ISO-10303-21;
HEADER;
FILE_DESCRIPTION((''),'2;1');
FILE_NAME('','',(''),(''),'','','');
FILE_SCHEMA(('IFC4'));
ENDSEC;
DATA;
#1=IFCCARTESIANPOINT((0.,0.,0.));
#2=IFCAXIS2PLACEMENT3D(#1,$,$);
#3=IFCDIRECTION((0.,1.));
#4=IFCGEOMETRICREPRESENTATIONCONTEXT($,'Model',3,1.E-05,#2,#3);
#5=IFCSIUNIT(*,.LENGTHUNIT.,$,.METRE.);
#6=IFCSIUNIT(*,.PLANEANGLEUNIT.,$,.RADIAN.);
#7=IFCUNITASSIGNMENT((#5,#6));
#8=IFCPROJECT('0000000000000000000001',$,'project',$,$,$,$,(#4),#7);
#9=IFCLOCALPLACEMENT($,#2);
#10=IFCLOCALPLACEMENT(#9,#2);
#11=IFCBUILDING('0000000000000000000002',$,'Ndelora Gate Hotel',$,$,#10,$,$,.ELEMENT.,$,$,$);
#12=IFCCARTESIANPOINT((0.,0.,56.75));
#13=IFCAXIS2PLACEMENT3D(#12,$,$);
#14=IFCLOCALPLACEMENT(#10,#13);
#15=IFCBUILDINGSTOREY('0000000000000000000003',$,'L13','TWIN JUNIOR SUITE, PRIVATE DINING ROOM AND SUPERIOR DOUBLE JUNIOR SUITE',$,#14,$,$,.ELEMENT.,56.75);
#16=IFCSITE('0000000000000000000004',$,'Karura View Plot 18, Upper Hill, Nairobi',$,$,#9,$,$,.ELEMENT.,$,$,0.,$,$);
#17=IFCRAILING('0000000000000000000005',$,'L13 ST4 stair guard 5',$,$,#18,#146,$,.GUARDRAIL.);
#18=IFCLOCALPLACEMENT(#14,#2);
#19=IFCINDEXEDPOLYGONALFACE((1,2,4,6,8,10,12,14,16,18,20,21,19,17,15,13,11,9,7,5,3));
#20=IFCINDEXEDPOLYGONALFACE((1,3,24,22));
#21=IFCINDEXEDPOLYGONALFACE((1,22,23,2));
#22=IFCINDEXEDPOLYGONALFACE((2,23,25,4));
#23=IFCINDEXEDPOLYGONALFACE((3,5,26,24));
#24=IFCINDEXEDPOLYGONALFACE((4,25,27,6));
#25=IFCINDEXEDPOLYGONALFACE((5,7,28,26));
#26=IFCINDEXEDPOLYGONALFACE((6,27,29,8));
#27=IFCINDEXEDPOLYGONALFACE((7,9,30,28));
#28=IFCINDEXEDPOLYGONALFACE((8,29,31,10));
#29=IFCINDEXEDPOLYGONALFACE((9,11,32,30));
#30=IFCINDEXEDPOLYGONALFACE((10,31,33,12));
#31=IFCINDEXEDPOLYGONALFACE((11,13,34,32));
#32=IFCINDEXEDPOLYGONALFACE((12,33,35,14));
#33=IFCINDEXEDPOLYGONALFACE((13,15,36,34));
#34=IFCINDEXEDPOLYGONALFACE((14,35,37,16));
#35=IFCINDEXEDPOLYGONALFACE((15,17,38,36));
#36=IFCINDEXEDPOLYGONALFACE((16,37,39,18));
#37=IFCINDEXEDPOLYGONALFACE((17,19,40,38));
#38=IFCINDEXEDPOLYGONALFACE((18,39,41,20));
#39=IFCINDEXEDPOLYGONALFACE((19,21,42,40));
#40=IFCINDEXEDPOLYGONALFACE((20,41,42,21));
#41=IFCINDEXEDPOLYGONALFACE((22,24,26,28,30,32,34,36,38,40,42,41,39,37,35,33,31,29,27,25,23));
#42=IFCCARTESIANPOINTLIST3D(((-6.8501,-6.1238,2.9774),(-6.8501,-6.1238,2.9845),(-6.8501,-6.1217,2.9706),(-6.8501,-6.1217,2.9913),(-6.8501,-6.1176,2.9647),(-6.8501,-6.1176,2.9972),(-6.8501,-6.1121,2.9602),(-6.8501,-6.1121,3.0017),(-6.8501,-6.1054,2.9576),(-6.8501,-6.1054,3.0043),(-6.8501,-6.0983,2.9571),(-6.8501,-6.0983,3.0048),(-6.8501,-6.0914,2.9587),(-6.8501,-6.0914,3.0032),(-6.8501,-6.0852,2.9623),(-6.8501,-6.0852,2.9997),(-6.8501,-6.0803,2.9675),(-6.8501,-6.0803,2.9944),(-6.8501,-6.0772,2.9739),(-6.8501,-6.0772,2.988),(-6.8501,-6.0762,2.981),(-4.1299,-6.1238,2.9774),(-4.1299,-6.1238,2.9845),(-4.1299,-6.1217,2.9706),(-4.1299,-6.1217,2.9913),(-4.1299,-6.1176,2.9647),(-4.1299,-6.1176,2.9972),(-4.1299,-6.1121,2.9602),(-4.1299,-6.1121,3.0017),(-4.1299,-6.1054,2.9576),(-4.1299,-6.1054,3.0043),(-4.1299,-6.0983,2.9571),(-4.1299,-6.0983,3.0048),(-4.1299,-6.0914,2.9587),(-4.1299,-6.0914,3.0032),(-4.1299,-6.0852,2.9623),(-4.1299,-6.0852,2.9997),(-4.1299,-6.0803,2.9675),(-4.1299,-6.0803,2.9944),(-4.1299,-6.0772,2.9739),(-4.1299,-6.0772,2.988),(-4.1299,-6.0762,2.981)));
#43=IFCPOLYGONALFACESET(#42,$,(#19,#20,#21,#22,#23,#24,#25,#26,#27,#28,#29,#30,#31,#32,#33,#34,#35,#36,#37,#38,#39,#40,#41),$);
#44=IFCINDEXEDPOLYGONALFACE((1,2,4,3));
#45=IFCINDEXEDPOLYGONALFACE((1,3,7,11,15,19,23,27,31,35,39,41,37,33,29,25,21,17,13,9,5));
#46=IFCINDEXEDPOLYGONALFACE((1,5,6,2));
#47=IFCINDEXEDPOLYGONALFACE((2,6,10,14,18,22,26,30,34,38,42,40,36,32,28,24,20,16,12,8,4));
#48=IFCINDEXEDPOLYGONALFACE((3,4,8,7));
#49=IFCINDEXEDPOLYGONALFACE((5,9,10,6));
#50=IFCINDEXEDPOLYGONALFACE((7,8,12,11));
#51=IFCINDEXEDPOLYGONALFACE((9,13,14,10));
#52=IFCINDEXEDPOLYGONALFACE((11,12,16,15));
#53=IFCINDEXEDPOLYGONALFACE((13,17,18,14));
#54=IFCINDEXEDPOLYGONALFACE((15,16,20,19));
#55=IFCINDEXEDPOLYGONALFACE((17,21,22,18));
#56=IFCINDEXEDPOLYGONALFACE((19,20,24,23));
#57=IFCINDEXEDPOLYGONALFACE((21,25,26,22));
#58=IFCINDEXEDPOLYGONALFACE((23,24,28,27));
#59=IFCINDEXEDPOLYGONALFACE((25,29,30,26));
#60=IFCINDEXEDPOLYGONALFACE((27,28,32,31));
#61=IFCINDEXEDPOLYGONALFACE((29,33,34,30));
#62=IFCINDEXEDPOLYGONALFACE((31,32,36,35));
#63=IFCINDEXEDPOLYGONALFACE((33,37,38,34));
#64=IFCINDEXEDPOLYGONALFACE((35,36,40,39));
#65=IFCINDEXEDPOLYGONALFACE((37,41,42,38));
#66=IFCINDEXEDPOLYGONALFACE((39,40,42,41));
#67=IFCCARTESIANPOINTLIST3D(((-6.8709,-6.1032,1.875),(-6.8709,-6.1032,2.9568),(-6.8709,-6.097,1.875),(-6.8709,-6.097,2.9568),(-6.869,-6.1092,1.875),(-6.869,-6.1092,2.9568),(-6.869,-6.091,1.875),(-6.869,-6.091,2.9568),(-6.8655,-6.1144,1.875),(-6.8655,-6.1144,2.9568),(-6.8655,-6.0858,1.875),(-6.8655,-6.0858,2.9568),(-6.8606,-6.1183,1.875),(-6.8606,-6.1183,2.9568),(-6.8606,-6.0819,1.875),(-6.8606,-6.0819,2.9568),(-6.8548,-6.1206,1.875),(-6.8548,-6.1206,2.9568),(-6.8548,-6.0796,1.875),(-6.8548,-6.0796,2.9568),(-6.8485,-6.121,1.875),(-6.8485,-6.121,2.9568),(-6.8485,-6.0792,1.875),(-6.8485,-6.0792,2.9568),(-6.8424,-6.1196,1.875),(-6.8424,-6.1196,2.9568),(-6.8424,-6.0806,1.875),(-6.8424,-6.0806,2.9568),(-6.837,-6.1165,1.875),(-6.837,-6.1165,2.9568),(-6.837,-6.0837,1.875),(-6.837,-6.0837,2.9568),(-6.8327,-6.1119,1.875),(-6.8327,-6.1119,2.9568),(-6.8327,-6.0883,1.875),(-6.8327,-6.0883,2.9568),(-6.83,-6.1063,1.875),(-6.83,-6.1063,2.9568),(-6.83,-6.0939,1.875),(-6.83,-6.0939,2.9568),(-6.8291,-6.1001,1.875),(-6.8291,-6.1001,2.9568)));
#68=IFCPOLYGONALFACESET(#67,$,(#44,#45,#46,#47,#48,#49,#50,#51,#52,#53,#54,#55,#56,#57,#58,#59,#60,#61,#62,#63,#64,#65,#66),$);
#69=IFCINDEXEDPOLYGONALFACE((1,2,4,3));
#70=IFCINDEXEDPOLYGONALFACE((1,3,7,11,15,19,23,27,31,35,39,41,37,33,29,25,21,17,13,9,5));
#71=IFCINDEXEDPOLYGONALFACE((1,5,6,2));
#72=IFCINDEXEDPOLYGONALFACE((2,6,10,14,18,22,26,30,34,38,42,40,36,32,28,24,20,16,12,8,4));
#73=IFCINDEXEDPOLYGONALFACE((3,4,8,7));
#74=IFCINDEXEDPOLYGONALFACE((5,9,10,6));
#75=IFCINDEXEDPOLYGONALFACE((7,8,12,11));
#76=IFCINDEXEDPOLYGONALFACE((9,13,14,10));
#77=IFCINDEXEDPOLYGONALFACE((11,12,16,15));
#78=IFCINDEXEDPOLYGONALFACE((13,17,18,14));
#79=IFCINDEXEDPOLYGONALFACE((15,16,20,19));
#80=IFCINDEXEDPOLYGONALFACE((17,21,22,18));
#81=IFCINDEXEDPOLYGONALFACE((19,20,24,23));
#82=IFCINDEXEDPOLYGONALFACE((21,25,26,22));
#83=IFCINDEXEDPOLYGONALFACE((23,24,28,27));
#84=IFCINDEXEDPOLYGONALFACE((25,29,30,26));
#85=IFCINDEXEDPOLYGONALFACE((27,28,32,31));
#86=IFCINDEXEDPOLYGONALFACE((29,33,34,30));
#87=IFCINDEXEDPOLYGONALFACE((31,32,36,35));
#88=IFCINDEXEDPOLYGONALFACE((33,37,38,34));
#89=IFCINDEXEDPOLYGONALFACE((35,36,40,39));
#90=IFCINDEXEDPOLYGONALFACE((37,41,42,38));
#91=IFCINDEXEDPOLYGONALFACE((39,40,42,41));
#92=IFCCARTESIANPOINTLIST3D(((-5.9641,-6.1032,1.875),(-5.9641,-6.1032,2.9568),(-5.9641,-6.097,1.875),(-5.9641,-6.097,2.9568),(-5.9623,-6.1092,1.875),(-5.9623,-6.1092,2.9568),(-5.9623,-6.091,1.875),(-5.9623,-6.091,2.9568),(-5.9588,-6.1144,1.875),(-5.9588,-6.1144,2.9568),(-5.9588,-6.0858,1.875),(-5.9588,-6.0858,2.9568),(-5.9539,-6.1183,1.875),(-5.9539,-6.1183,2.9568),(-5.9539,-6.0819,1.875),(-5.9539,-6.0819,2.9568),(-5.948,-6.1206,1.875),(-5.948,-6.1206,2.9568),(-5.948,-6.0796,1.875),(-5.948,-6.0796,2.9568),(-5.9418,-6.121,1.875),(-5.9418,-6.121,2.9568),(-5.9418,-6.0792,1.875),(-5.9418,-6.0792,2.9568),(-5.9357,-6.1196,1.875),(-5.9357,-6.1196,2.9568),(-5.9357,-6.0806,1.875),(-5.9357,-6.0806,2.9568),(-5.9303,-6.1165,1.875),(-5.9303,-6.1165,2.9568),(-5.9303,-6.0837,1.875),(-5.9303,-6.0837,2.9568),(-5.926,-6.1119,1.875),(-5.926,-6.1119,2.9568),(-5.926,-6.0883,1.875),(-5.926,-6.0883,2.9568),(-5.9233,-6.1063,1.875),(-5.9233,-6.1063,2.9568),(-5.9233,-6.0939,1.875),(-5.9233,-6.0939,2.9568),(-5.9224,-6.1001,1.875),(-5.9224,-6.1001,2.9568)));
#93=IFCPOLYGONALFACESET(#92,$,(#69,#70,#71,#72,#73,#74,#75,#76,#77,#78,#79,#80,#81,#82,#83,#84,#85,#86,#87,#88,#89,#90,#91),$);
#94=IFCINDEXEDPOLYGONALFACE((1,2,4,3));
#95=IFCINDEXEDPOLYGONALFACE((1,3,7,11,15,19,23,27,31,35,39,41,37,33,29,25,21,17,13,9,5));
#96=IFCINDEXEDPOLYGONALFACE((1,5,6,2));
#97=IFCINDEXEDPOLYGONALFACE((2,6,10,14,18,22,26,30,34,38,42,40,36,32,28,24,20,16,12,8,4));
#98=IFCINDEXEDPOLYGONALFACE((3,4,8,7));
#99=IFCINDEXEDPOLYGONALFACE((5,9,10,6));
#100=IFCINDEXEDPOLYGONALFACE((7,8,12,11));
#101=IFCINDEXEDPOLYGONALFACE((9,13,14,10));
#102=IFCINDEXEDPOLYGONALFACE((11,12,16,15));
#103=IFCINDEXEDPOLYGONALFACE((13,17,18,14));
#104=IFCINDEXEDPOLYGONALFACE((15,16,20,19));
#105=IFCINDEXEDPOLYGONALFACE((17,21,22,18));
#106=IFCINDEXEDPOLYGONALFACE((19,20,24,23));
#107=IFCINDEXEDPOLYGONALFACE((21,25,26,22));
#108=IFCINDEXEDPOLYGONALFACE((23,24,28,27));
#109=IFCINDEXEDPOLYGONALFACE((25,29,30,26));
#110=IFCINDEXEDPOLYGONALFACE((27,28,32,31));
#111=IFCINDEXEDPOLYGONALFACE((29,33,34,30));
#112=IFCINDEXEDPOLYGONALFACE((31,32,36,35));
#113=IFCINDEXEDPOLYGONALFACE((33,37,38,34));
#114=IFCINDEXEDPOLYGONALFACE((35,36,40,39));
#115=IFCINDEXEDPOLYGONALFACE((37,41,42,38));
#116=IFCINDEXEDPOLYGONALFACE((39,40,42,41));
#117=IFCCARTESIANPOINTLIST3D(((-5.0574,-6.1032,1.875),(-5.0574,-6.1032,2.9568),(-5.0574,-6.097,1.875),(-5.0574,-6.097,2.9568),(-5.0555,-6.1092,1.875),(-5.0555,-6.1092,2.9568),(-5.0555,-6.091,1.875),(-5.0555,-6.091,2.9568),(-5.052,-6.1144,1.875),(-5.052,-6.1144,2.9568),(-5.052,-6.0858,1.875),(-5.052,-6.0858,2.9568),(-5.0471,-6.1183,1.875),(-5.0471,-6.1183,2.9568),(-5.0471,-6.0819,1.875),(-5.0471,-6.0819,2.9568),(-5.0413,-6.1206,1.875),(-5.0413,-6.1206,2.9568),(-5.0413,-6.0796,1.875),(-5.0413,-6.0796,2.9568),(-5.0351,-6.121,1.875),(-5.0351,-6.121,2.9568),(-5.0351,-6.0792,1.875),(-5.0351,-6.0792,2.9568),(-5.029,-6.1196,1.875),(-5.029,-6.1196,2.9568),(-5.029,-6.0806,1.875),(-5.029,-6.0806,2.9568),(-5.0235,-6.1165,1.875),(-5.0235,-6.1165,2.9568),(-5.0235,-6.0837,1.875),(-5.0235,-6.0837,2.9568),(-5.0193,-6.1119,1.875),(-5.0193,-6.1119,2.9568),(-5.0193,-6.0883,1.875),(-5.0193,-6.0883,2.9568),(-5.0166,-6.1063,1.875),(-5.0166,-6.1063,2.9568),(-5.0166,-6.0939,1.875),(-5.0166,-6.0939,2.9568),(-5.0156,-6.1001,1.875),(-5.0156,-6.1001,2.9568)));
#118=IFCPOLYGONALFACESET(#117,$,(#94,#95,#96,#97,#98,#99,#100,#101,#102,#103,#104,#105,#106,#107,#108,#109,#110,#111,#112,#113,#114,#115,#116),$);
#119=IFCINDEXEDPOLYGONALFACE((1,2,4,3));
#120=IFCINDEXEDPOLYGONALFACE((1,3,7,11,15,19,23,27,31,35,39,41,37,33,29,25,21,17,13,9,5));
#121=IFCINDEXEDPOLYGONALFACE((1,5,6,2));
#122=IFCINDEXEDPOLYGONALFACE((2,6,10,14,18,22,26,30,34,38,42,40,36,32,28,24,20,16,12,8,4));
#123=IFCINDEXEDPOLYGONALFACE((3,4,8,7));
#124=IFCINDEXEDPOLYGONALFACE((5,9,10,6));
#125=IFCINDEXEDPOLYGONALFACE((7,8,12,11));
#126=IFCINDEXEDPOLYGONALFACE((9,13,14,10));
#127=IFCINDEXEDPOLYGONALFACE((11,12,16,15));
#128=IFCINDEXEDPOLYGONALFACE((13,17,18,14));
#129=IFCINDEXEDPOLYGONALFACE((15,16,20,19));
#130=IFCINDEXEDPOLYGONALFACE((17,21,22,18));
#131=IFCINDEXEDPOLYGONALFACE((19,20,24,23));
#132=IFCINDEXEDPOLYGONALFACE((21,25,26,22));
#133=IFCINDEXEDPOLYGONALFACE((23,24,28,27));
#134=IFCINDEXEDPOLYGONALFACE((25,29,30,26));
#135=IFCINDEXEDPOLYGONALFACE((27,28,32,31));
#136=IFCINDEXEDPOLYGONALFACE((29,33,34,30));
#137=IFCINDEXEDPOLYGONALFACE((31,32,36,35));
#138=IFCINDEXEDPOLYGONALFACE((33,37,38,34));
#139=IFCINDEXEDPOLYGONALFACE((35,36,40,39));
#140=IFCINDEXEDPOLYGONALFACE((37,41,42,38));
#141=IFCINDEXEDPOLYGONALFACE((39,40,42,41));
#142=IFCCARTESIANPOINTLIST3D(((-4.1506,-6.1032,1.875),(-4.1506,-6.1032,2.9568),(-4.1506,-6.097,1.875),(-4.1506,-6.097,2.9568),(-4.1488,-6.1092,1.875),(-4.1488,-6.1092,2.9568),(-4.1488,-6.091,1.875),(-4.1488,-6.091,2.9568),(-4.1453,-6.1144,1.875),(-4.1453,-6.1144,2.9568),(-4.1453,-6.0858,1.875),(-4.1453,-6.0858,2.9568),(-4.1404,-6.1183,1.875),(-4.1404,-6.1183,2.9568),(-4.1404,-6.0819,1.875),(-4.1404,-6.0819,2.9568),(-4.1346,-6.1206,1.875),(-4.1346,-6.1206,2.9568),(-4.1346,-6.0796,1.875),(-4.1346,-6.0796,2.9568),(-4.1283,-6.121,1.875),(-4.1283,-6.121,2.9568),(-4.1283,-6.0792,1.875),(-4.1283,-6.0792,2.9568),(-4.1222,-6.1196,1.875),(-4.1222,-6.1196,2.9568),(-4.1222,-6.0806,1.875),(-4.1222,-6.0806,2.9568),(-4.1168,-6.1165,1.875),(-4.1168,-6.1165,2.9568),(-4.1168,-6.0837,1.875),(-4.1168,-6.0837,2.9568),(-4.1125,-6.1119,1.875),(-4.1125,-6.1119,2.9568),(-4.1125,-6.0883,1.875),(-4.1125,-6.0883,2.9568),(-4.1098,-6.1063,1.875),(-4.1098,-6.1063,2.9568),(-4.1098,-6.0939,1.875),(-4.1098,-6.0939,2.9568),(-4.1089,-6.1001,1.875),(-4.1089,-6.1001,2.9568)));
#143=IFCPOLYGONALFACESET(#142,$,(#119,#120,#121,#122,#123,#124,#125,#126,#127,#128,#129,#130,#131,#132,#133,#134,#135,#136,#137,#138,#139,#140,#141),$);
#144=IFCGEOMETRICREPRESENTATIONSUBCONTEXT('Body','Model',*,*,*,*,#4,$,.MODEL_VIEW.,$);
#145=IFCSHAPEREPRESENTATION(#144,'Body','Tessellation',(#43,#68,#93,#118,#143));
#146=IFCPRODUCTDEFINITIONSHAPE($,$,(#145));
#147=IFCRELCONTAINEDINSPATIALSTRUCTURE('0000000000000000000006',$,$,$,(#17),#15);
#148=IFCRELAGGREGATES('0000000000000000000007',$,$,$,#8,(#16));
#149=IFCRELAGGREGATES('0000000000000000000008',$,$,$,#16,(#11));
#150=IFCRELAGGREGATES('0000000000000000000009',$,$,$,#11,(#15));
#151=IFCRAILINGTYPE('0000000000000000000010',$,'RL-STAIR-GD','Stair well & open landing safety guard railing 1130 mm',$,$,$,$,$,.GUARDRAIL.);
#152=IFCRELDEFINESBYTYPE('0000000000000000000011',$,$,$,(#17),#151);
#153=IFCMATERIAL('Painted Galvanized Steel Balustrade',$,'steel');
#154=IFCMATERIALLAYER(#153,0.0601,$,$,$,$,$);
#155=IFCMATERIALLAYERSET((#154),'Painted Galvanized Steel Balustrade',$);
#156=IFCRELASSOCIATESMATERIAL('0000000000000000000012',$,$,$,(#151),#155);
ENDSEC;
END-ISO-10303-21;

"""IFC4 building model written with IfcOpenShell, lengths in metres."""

from ifc_helpers import new_model, si_unit, direction, frame, origin, origin_2d, place, context, subcontext, project, spatial, circle, extrude, material, layer, layer_set, type_object, element, save


model = new_model("IFC4")

# Units and contexts
model_context = context("Model", 3, precision=1e-05, world=origin(), true_north=direction((0.0, 1.0)))
body_context = subcontext(model_context, "Body", "Model", "MODEL_VIEW")
ifc_project = project(units=[si_unit("LENGTHUNIT", "METRE"), si_unit("PLANEANGLEUNIT", "RADIAN")], contexts=[model_context])

# Site, building, storey
site_placement = place(None, origin())
site = spatial("IfcSite", under=ifc_project, at=site_placement, Name="Karura View Plot 18, Upper Hill, Nairobi", CompositionType="ELEMENT", RefElevation=0.0)
building_placement = place(site_placement, origin())
building = spatial("IfcBuilding", under=site, at=building_placement, Name="Ndelora Gate Hotel", CompositionType="ELEMENT")
storey_placement = place(building_placement, frame((0.0, 0.0, 56.75)))
storey = spatial("IfcBuildingStorey", under=building, at=storey_placement, Name="L13", Description="TWIN JUNIOR SUITE, PRIVATE DINING ROOM AND SUPERIOR DOUBLE JUNIOR SUITE", CompositionType="ELEMENT", Elevation=56.75)

# Railing
ifc_material_1 = material(Name="Painted Galvanized Steel Balustrade", Category="steel")
ifc_layer_1 = layer(ifc_material_1, 0.0601)
ifc_layer_set_1 = layer_set([ifc_layer_1], Name="Painted Galvanized Steel Balustrade")
railing_type_1 = type_object("IfcRailingType", Name="RL-STAIR-GD", Description="Stair well & open landing safety guard railing 1130 mm", PredefinedType="GUARDRAIL", material=ifc_layer_set_1)
railing_1_placement = place(storey_placement, frame((-6.8501, -6.1001, 1.875)))
element("IfcRailing", 1, at=railing_1_placement, inside=storey, type_object=railing_type_1, Name="L13 ST4 stair guard 5", PredefinedType="GUARDRAIL", context=body_context, shape_type="SweptSolid", body=[
    extrude(circle(Radius=0.0239, at=origin_2d()), frame((0.0, 0.0, 1.106), z_axis=(1.0, 0.0, 0.0), x_axis=(0.0, 1.0, 0.0)), (0.0, 0.0, 1.0), 2.7202),
    extrude(circle(Radius=0.021, at=origin_2d()), origin(), (0.0, 0.0, 1.0), 1.0818),
    extrude(circle(Radius=0.021, at=origin_2d()), frame((0.9067, 0.0, 0.0)), (0.0, 0.0, 1.0), 1.0818),
    extrude(circle(Radius=0.021, at=origin_2d()), frame((1.8135, 0.0, 0.0)), (0.0, 0.0, 1.0), 1.0818),
    extrude(circle(Radius=0.021, at=origin_2d()), frame((2.7202, 0.0, 0.0)), (0.0, 0.0, 1.0), 1.0818),
])

save(model, "model.ifc")
